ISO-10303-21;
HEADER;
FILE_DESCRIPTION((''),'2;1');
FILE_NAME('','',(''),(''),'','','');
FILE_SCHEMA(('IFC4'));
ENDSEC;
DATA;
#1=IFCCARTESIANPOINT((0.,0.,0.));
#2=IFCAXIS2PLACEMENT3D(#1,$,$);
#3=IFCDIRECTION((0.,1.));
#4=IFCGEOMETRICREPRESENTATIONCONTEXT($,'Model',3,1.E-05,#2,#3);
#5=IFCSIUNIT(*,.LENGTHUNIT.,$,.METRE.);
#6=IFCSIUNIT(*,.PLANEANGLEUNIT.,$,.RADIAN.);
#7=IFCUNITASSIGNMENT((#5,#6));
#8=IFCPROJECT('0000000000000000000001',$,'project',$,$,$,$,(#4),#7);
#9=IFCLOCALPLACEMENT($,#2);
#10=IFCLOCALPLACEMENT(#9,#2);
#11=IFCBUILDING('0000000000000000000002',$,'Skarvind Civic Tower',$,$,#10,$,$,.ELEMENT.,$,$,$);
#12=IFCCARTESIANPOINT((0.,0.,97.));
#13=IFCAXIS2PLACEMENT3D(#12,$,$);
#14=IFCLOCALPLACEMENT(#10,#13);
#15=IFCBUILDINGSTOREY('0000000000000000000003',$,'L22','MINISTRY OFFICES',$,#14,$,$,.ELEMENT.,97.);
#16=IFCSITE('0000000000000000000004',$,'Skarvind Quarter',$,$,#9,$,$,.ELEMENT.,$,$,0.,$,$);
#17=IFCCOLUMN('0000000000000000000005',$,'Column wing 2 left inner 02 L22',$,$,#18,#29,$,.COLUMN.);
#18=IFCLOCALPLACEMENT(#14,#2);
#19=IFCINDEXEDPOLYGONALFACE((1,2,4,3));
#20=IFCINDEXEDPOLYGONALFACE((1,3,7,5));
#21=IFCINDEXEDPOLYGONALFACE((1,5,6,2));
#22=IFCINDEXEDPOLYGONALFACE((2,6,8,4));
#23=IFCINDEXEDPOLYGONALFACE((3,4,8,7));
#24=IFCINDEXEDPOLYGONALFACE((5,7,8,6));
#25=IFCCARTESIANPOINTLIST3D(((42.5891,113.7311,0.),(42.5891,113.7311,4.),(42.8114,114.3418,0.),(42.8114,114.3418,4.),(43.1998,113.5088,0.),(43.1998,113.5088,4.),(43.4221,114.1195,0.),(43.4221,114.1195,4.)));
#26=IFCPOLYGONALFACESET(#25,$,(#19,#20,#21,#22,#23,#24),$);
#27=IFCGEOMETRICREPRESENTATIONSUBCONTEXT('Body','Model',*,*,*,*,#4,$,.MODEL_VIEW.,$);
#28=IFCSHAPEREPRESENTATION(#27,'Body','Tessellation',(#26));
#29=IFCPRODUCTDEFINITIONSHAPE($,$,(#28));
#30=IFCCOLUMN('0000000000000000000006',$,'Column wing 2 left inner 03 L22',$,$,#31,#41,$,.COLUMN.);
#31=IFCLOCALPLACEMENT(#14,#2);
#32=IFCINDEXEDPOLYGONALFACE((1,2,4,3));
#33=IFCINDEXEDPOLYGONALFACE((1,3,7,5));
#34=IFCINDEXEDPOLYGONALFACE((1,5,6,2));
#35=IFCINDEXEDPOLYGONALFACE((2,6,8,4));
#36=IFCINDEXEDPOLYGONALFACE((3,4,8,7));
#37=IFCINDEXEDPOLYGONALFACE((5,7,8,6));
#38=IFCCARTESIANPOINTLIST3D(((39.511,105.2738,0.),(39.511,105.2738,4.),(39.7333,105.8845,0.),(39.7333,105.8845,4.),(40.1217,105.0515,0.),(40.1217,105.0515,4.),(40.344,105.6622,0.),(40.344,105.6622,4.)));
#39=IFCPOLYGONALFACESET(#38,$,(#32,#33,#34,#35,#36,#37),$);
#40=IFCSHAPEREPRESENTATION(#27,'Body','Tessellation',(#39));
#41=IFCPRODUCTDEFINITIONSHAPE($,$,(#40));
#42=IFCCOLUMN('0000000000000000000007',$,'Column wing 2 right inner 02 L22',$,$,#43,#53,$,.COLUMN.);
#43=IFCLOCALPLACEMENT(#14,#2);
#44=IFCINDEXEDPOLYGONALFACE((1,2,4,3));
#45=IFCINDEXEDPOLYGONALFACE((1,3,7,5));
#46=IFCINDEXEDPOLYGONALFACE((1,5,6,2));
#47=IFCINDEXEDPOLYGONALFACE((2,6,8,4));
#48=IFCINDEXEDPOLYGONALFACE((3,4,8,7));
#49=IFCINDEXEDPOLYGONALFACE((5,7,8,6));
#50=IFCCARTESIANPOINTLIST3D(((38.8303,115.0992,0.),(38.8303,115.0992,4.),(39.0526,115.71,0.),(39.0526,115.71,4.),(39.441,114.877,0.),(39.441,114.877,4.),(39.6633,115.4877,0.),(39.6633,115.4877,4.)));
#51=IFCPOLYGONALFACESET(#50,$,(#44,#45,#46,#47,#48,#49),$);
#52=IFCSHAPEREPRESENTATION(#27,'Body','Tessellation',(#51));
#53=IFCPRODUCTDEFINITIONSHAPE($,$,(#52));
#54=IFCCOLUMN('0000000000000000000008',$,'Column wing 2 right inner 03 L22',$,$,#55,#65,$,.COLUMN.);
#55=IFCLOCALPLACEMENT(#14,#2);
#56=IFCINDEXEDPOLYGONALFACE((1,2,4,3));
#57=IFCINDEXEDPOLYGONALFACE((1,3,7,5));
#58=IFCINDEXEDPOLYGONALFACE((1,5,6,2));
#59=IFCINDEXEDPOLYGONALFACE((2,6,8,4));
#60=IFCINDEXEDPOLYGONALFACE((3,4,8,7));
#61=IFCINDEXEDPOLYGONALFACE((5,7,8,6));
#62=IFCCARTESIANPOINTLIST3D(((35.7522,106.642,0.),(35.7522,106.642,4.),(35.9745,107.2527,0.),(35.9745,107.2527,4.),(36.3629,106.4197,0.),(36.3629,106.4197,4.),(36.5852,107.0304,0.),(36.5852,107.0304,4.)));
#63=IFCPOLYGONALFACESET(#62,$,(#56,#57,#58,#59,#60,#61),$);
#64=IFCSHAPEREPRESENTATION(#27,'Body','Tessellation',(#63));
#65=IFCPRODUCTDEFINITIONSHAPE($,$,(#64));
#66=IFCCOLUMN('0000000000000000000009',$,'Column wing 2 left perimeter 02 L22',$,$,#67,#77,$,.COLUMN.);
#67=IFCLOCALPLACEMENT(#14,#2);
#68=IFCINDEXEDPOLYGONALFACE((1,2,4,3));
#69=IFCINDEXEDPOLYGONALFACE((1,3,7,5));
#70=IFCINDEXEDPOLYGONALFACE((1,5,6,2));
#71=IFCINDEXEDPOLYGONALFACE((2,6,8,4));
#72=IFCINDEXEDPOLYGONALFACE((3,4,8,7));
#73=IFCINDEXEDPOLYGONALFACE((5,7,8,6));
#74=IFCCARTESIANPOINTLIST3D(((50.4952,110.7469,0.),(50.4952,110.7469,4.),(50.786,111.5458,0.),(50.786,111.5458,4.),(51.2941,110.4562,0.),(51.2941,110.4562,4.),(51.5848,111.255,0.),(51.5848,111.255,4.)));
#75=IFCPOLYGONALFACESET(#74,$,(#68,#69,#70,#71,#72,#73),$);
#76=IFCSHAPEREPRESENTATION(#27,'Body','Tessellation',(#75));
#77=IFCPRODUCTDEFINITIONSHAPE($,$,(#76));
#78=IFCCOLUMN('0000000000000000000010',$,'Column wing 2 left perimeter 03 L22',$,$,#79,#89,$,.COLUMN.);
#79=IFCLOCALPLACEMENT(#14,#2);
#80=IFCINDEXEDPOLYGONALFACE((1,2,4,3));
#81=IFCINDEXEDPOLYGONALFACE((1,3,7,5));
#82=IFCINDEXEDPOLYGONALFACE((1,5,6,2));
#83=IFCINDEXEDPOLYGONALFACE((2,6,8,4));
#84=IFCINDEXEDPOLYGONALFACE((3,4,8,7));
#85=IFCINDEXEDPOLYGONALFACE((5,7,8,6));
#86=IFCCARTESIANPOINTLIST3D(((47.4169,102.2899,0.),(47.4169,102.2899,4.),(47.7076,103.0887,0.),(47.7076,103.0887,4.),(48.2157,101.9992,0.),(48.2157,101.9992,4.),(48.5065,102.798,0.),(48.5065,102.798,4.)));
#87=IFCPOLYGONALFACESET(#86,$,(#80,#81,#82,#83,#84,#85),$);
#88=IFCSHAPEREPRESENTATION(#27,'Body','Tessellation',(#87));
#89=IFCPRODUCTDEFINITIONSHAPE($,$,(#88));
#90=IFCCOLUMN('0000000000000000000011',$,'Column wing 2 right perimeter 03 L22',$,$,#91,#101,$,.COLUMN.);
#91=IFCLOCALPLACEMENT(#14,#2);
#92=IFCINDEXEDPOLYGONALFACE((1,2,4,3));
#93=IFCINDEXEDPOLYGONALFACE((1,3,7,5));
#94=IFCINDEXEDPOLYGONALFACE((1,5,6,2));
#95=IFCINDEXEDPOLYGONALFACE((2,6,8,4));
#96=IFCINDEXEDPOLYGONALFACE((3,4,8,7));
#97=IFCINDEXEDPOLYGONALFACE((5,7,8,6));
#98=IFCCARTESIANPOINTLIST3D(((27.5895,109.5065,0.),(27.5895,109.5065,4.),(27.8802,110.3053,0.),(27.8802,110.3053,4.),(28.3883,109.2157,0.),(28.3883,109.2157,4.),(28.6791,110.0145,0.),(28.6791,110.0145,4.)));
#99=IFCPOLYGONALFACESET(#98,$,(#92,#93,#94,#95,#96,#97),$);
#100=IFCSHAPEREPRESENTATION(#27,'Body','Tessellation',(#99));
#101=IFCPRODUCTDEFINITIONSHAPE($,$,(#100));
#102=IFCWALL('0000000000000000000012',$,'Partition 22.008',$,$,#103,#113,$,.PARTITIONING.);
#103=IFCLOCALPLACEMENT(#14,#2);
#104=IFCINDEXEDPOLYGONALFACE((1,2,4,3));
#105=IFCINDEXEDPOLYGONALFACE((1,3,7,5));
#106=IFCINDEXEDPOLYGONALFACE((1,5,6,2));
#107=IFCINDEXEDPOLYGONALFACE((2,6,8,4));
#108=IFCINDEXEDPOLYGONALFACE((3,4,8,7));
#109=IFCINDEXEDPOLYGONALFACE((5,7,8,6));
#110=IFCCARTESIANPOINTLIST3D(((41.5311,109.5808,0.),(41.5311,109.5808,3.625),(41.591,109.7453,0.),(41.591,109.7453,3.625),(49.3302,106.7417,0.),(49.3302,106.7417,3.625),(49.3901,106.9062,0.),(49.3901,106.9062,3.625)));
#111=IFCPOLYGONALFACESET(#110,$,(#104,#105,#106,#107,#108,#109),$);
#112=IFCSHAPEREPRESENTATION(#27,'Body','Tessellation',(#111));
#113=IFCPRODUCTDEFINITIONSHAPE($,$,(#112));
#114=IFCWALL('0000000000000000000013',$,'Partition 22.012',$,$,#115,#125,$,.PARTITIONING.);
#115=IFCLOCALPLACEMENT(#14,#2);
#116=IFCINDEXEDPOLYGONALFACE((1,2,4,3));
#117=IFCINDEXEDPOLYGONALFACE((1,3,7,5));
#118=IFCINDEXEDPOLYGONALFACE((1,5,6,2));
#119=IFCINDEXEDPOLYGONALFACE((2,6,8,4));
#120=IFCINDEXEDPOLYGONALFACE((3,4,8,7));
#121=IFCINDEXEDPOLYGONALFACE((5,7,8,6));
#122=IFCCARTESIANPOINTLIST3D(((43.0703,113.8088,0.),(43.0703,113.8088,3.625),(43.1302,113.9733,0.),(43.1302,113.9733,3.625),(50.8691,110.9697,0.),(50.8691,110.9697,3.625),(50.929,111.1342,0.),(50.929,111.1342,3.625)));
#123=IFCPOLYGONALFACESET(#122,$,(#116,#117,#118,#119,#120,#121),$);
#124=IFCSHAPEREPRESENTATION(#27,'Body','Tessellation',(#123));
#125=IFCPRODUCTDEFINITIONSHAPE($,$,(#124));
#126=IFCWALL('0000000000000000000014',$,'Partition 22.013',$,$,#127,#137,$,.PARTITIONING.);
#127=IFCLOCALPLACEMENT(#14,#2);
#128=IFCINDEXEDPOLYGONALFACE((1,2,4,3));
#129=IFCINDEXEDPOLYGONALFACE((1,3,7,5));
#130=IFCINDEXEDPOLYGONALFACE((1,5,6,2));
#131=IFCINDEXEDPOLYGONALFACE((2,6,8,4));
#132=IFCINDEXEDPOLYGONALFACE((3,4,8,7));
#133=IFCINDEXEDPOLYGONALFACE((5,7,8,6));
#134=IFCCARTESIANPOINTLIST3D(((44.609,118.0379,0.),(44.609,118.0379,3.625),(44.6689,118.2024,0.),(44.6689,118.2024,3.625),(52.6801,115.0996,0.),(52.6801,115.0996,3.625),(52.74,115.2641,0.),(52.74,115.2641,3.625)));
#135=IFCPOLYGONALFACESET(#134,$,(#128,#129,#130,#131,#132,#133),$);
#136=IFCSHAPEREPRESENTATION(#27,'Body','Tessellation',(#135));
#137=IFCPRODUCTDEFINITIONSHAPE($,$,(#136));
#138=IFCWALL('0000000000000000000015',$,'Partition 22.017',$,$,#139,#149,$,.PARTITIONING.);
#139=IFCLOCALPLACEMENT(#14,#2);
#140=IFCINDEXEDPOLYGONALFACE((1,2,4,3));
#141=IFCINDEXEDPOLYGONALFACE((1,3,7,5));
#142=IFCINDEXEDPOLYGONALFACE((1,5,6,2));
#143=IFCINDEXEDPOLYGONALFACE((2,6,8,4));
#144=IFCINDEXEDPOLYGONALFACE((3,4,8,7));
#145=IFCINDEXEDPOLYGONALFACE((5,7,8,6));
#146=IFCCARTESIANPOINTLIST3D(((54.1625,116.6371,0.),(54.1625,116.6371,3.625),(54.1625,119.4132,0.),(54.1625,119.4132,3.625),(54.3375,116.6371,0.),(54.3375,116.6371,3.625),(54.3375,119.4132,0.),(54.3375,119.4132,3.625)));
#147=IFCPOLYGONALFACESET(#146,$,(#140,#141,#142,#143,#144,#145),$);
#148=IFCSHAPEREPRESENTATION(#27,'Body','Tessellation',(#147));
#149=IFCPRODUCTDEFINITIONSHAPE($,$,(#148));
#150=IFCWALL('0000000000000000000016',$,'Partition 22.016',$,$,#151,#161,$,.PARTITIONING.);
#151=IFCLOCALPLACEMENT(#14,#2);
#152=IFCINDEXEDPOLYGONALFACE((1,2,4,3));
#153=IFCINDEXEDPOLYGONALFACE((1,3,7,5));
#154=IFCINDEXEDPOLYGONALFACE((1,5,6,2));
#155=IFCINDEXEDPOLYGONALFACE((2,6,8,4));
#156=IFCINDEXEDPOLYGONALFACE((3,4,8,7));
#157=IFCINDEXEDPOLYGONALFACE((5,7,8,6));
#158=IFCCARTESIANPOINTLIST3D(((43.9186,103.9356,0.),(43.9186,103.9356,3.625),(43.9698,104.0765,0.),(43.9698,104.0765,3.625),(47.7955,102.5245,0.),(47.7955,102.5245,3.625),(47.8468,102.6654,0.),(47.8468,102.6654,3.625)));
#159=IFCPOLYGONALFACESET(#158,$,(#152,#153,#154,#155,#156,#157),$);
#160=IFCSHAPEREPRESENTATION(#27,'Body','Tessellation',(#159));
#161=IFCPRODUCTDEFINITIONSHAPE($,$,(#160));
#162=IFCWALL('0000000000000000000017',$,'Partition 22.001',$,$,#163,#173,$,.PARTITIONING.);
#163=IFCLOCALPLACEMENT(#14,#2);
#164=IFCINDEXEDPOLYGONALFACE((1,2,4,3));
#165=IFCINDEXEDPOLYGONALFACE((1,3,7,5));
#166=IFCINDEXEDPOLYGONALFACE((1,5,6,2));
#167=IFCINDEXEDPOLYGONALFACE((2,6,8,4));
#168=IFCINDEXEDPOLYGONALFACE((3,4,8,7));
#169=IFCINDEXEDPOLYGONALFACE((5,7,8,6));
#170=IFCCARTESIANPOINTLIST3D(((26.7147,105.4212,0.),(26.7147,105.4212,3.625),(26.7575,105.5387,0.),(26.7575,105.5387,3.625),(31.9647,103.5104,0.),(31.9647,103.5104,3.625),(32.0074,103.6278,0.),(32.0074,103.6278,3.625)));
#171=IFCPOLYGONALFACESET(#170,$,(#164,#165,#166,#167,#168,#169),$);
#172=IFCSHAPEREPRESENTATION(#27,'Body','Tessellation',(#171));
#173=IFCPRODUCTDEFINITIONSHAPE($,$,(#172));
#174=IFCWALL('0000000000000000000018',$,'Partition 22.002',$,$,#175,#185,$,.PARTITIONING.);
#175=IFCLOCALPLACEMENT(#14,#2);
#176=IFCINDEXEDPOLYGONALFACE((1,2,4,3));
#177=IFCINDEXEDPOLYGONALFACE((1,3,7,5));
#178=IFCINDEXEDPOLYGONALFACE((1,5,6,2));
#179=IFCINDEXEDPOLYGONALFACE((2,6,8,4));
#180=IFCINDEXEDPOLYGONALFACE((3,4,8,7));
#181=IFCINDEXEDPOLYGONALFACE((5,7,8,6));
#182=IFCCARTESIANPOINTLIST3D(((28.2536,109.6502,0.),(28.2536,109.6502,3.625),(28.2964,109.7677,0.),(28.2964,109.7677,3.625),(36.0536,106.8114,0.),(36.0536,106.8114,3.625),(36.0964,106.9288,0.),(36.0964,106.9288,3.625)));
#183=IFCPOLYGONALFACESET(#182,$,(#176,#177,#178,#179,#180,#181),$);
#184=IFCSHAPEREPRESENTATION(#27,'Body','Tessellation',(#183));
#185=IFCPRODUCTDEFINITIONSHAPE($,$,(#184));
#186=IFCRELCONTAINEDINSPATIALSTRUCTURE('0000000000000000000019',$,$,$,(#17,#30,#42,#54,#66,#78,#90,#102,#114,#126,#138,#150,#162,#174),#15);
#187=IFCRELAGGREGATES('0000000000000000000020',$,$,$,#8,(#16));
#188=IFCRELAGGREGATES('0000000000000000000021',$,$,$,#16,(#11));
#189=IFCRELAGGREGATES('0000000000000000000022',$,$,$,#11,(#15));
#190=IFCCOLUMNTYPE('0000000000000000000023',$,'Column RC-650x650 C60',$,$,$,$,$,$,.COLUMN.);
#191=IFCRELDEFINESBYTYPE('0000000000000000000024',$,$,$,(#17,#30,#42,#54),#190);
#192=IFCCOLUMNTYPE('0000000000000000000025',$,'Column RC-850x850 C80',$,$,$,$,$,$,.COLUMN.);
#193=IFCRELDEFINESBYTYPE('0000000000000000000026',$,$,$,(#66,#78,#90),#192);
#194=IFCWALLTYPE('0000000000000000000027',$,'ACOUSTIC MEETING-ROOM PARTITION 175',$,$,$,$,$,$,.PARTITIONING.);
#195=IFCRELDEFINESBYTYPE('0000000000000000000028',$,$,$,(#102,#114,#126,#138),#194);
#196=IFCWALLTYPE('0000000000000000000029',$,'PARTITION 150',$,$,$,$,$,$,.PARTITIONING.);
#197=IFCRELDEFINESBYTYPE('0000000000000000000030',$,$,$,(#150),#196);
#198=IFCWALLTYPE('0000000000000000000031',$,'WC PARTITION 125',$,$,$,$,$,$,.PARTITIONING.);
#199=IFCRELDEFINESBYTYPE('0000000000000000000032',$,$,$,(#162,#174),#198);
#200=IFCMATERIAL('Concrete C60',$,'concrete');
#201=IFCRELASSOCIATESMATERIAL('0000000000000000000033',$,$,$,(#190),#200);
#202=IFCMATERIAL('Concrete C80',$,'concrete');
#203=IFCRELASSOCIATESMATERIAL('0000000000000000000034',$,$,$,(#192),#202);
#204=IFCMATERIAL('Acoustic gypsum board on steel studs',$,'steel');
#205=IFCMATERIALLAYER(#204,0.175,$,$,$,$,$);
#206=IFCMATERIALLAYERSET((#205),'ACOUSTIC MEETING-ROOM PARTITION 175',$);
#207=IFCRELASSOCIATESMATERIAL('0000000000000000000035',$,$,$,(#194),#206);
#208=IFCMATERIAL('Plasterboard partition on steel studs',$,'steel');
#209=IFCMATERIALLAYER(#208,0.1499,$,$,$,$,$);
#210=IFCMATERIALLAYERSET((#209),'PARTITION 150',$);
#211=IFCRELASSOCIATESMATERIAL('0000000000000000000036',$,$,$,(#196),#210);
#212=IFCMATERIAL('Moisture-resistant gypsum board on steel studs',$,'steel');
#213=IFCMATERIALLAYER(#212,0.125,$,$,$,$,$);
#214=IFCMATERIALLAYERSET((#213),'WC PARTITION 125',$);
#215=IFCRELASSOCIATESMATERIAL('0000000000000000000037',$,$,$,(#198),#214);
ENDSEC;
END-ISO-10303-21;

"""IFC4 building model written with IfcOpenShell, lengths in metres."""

from ifc_helpers import new_model, si_unit, direction, frame, frame_2d, origin, origin_2d, place, context, subcontext, project, spatial, rectangle, extrude, material, layer, layer_set, material_profile, profile_set, type_object, element, save


model = new_model("IFC4")

# Units and contexts
model_context = context("Model", 3, precision=1e-05, world=origin(), true_north=direction((0.0, 1.0)))
body_context = subcontext(model_context, "Body", "Model", "MODEL_VIEW")
ifc_project = project(units=[si_unit("LENGTHUNIT", "METRE"), si_unit("PLANEANGLEUNIT", "RADIAN")], contexts=[model_context])

# Site, building, storey
site_placement = place(None, origin())
site = spatial("IfcSite", under=ifc_project, at=site_placement, Name="Skarvind Quarter", CompositionType="ELEMENT", RefElevation=0.0)
building_placement = place(site_placement, origin())
building = spatial("IfcBuilding", under=site, at=building_placement, Name="Skarvind Civic Tower", CompositionType="ELEMENT")
storey_placement = place(building_placement, frame((0.0, 0.0, 97.0)))
storey = spatial("IfcBuildingStorey", under=building, at=storey_placement, Name="L22", Description="MINISTRY OFFICES", CompositionType="ELEMENT", Elevation=97.0)

# Columns
ifc_material_1 = material(Name="Concrete C60", Category="concrete")
ifc_material_profile_1 = material_profile(ifc_material_1, rectangle(XDim=0.6499, YDim=0.6499, at=origin_2d()), Name="RC-650x650")
ifc_profile_set_1 = profile_set([ifc_material_profile_1], Name="Concrete C60")
column_type_1 = type_object("IfcColumnType", Name="Column RC-650x650 C60", PredefinedType="COLUMN", material=ifc_profile_set_1)
for number, where, z_axis, x_axis, name in (
    (1, (43.0056, 113.9253, 0.0), (0.0, 0.0, 1.0), (-0.34202, -0.939693, 0.0), "Column wing 2 left inner 02 L22"),
    (2, (39.9275, 105.468, 0.0), (0.0, 0.0, 1.0), (-0.34202, -0.939693, 0.0), "Column wing 2 left inner 03 L22"),
    (3, (39.2468, 115.2935, 0.0), (0.0, 0.0, 1.0), (-0.34202, -0.939693, 0.0), "Column wing 2 right inner 02 L22"),
    (4, (36.1687, 106.8362, 0.0), (0.0, 0.0, 1.0), (-0.34202, -0.939693, 0.0), "Column wing 2 right inner 03 L22"),
):
    element("IfcColumn", number, at=place(storey_placement, frame(where, z_axis=z_axis, x_axis=x_axis)), inside=storey, type_object=column_type_1, Name=name, PredefinedType="COLUMN", context=body_context, shape_type="SweptSolid", body=[
        extrude(rectangle(XDim=0.6499, YDim=0.6499, at=origin_2d()), origin(), (0.0, 0.0, 1.0), 4.0),
    ])
ifc_material_2 = material(Name="Concrete C80", Category="concrete")
ifc_material_profile_2 = material_profile(ifc_material_2, rectangle(XDim=0.8501, YDim=0.8501, at=origin_2d()), Name="RC-850x850")
ifc_profile_set_2 = profile_set([ifc_material_profile_2], Name="Concrete C80")
column_type_2 = type_object("IfcColumnType", Name="Column RC-850x850 C80", PredefinedType="COLUMN", material=ifc_profile_set_2)
for number, where, z_axis, x_axis, name in (
    (5, (51.04, 111.001, 0.0), (0.0, 0.0, 1.0), (-0.34202, -0.939693, 0.0), "Column wing 2 left perimeter 02 L22"),
    (6, (47.9617, 102.5439, 0.0), (0.0, 0.0, 1.0), (-0.34202, -0.939693, 0.0), "Column wing 2 left perimeter 03 L22"),
    (7, (28.1343, 109.7605, 0.0), (0.0, 0.0, 1.0), (-0.34202, -0.939693, 0.0), "Column wing 2 right perimeter 03 L22"),
):
    element("IfcColumn", number, at=place(storey_placement, frame(where, z_axis=z_axis, x_axis=x_axis)), inside=storey, type_object=column_type_2, Name=name, PredefinedType="COLUMN", context=body_context, shape_type="SweptSolid", body=[
        extrude(rectangle(XDim=0.8501, YDim=0.8501, at=origin_2d()), origin(), (0.0, 0.0, 1.0), 4.0),
    ])

# Walls
ifc_material_3 = material(Name="Acoustic gypsum board on steel studs", Category="steel")
ifc_layer_1 = layer(ifc_material_3, 0.175)
ifc_layer_set_1 = layer_set([ifc_layer_1], Name="ACOUSTIC MEETING-ROOM PARTITION 175")
wall_type_1 = type_object("IfcWallType", Name="ACOUSTIC MEETING-ROOM PARTITION 175", PredefinedType="PARTITIONING", material=ifc_layer_set_1)
wall_1_placement = place(storey_placement, frame((41.561, 109.6631, 0.0), z_axis=(0.0, 0.0, 1.0), x_axis=(0.939674, -0.342071, 0.0)))
element("IfcWall", 8, at=wall_1_placement, inside=storey, type_object=wall_type_1, Name="Partition 22.008", PredefinedType="PARTITIONING", context=body_context, shape_type="SweptSolid", body=[
    extrude(rectangle(XDim=8.2998, YDim=0.175, at=frame_2d((4.1499, 0.0))), origin(), (0.0, 0.0, 1.0), 3.625),
])
wall_2_placement = place(storey_placement, frame((43.1001, 113.8911, 0.0), z_axis=(0.0, 0.0, 1.0), x_axis=(0.939671, -0.342081, 0.0)))
element("IfcWall", 9, at=wall_2_placement, inside=storey, type_object=wall_type_1, Name="Partition 22.012", PredefinedType="PARTITIONING", context=body_context, shape_type="SweptSolid", body=[
    extrude(rectangle(XDim=8.2996, YDim=0.175, at=frame_2d((4.1499, 0.0))), origin(), (0.0, 0.0, 1.0), 3.625),
])
wall_3_placement = place(storey_placement, frame((44.6389, 118.1201, 0.0), z_axis=(0.0, 0.0, 1.0), x_axis=(0.93967, -0.342083, 0.0)))
element("IfcWall", 10, at=wall_3_placement, inside=storey, type_object=wall_type_1, Name="Partition 22.013", PredefinedType="PARTITIONING", context=body_context, shape_type="SweptSolid", body=[
    extrude(rectangle(XDim=8.5894, YDim=0.175, at=frame_2d((4.2947, 0.0))), origin(), (0.0, 0.0, 1.0), 3.625),
])
wall_4_placement = place(storey_placement, frame((54.25, 116.637, 0.0), z_axis=(0.0, 0.0, 1.0), x_axis=(0.0, 1.0, 0.0)))
element("IfcWall", 11, at=wall_4_placement, inside=storey, type_object=wall_type_1, Name="Partition 22.017", PredefinedType="PARTITIONING", context=body_context, shape_type="SweptSolid", body=[
    extrude(rectangle(XDim=2.7761, YDim=0.175, at=frame_2d((1.3882, 0.0))), origin(), (0.0, 0.0, 1.0), 3.625),
])
ifc_material_4 = material(Name="Plasterboard partition on steel studs", Category="steel")
ifc_layer_2 = layer(ifc_material_4, 0.1499)
ifc_layer_set_2 = layer_set([ifc_layer_2], Name="PARTITION 150")
wall_type_2 = type_object("IfcWallType", Name="PARTITION 150", PredefinedType="PARTITIONING", material=ifc_layer_set_2)
wall_5_placement = place(storey_placement, frame((43.9441, 104.0061, 0.0), z_axis=(0.0, 0.0, 1.0), x_axis=(0.93969, -0.342028, 0.0)))
element("IfcWall", 12, at=wall_5_placement, inside=storey, type_object=wall_type_2, Name="Partition 22.016", PredefinedType="PARTITIONING", context=body_context, shape_type="SweptSolid", body=[
    extrude(rectangle(XDim=4.1257, YDim=0.1499, at=frame_2d((2.063, 0.0))), origin(), (0.0, 0.0, 1.0), 3.625),
])
ifc_material_5 = material(Name="Moisture-resistant gypsum board on steel studs", Category="steel")
ifc_layer_3 = layer(ifc_material_5, 0.125)
ifc_layer_set_3 = layer_set([ifc_layer_3], Name="WC PARTITION 125")
wall_type_3 = type_object("IfcWallType", Name="WC PARTITION 125", PredefinedType="PARTITIONING", material=ifc_layer_set_3)
wall_6_placement = place(storey_placement, frame((26.7361, 105.48, 0.0), z_axis=(0.0, 0.0, 1.0), x_axis=(0.93969, -0.342027, 0.0)))
element("IfcWall", 13, at=wall_6_placement, inside=storey, type_object=wall_type_3, Name="Partition 22.001", PredefinedType="PARTITIONING", context=body_context, shape_type="SweptSolid", body=[
    extrude(rectangle(XDim=5.5869, YDim=0.125, at=frame_2d((2.7935, 0.0))), origin(), (0.0, 0.0, 1.0), 3.625),
])
wall_7_placement = place(storey_placement, frame((28.2749, 109.709, 0.0), z_axis=(0.0, 0.0, 1.0), x_axis=(0.939697, -0.342008, 0.0)))
element("IfcWall", 14, at=wall_7_placement, inside=storey, type_object=wall_type_3, Name="Partition 22.002", PredefinedType="PARTITIONING", context=body_context, shape_type="SweptSolid", body=[
    extrude(rectangle(XDim=8.3005, YDim=0.125, at=frame_2d((4.1504, 0.0))), origin(), (0.0, 0.0, 1.0), 3.625),
])

save(model, "model.ifc")
